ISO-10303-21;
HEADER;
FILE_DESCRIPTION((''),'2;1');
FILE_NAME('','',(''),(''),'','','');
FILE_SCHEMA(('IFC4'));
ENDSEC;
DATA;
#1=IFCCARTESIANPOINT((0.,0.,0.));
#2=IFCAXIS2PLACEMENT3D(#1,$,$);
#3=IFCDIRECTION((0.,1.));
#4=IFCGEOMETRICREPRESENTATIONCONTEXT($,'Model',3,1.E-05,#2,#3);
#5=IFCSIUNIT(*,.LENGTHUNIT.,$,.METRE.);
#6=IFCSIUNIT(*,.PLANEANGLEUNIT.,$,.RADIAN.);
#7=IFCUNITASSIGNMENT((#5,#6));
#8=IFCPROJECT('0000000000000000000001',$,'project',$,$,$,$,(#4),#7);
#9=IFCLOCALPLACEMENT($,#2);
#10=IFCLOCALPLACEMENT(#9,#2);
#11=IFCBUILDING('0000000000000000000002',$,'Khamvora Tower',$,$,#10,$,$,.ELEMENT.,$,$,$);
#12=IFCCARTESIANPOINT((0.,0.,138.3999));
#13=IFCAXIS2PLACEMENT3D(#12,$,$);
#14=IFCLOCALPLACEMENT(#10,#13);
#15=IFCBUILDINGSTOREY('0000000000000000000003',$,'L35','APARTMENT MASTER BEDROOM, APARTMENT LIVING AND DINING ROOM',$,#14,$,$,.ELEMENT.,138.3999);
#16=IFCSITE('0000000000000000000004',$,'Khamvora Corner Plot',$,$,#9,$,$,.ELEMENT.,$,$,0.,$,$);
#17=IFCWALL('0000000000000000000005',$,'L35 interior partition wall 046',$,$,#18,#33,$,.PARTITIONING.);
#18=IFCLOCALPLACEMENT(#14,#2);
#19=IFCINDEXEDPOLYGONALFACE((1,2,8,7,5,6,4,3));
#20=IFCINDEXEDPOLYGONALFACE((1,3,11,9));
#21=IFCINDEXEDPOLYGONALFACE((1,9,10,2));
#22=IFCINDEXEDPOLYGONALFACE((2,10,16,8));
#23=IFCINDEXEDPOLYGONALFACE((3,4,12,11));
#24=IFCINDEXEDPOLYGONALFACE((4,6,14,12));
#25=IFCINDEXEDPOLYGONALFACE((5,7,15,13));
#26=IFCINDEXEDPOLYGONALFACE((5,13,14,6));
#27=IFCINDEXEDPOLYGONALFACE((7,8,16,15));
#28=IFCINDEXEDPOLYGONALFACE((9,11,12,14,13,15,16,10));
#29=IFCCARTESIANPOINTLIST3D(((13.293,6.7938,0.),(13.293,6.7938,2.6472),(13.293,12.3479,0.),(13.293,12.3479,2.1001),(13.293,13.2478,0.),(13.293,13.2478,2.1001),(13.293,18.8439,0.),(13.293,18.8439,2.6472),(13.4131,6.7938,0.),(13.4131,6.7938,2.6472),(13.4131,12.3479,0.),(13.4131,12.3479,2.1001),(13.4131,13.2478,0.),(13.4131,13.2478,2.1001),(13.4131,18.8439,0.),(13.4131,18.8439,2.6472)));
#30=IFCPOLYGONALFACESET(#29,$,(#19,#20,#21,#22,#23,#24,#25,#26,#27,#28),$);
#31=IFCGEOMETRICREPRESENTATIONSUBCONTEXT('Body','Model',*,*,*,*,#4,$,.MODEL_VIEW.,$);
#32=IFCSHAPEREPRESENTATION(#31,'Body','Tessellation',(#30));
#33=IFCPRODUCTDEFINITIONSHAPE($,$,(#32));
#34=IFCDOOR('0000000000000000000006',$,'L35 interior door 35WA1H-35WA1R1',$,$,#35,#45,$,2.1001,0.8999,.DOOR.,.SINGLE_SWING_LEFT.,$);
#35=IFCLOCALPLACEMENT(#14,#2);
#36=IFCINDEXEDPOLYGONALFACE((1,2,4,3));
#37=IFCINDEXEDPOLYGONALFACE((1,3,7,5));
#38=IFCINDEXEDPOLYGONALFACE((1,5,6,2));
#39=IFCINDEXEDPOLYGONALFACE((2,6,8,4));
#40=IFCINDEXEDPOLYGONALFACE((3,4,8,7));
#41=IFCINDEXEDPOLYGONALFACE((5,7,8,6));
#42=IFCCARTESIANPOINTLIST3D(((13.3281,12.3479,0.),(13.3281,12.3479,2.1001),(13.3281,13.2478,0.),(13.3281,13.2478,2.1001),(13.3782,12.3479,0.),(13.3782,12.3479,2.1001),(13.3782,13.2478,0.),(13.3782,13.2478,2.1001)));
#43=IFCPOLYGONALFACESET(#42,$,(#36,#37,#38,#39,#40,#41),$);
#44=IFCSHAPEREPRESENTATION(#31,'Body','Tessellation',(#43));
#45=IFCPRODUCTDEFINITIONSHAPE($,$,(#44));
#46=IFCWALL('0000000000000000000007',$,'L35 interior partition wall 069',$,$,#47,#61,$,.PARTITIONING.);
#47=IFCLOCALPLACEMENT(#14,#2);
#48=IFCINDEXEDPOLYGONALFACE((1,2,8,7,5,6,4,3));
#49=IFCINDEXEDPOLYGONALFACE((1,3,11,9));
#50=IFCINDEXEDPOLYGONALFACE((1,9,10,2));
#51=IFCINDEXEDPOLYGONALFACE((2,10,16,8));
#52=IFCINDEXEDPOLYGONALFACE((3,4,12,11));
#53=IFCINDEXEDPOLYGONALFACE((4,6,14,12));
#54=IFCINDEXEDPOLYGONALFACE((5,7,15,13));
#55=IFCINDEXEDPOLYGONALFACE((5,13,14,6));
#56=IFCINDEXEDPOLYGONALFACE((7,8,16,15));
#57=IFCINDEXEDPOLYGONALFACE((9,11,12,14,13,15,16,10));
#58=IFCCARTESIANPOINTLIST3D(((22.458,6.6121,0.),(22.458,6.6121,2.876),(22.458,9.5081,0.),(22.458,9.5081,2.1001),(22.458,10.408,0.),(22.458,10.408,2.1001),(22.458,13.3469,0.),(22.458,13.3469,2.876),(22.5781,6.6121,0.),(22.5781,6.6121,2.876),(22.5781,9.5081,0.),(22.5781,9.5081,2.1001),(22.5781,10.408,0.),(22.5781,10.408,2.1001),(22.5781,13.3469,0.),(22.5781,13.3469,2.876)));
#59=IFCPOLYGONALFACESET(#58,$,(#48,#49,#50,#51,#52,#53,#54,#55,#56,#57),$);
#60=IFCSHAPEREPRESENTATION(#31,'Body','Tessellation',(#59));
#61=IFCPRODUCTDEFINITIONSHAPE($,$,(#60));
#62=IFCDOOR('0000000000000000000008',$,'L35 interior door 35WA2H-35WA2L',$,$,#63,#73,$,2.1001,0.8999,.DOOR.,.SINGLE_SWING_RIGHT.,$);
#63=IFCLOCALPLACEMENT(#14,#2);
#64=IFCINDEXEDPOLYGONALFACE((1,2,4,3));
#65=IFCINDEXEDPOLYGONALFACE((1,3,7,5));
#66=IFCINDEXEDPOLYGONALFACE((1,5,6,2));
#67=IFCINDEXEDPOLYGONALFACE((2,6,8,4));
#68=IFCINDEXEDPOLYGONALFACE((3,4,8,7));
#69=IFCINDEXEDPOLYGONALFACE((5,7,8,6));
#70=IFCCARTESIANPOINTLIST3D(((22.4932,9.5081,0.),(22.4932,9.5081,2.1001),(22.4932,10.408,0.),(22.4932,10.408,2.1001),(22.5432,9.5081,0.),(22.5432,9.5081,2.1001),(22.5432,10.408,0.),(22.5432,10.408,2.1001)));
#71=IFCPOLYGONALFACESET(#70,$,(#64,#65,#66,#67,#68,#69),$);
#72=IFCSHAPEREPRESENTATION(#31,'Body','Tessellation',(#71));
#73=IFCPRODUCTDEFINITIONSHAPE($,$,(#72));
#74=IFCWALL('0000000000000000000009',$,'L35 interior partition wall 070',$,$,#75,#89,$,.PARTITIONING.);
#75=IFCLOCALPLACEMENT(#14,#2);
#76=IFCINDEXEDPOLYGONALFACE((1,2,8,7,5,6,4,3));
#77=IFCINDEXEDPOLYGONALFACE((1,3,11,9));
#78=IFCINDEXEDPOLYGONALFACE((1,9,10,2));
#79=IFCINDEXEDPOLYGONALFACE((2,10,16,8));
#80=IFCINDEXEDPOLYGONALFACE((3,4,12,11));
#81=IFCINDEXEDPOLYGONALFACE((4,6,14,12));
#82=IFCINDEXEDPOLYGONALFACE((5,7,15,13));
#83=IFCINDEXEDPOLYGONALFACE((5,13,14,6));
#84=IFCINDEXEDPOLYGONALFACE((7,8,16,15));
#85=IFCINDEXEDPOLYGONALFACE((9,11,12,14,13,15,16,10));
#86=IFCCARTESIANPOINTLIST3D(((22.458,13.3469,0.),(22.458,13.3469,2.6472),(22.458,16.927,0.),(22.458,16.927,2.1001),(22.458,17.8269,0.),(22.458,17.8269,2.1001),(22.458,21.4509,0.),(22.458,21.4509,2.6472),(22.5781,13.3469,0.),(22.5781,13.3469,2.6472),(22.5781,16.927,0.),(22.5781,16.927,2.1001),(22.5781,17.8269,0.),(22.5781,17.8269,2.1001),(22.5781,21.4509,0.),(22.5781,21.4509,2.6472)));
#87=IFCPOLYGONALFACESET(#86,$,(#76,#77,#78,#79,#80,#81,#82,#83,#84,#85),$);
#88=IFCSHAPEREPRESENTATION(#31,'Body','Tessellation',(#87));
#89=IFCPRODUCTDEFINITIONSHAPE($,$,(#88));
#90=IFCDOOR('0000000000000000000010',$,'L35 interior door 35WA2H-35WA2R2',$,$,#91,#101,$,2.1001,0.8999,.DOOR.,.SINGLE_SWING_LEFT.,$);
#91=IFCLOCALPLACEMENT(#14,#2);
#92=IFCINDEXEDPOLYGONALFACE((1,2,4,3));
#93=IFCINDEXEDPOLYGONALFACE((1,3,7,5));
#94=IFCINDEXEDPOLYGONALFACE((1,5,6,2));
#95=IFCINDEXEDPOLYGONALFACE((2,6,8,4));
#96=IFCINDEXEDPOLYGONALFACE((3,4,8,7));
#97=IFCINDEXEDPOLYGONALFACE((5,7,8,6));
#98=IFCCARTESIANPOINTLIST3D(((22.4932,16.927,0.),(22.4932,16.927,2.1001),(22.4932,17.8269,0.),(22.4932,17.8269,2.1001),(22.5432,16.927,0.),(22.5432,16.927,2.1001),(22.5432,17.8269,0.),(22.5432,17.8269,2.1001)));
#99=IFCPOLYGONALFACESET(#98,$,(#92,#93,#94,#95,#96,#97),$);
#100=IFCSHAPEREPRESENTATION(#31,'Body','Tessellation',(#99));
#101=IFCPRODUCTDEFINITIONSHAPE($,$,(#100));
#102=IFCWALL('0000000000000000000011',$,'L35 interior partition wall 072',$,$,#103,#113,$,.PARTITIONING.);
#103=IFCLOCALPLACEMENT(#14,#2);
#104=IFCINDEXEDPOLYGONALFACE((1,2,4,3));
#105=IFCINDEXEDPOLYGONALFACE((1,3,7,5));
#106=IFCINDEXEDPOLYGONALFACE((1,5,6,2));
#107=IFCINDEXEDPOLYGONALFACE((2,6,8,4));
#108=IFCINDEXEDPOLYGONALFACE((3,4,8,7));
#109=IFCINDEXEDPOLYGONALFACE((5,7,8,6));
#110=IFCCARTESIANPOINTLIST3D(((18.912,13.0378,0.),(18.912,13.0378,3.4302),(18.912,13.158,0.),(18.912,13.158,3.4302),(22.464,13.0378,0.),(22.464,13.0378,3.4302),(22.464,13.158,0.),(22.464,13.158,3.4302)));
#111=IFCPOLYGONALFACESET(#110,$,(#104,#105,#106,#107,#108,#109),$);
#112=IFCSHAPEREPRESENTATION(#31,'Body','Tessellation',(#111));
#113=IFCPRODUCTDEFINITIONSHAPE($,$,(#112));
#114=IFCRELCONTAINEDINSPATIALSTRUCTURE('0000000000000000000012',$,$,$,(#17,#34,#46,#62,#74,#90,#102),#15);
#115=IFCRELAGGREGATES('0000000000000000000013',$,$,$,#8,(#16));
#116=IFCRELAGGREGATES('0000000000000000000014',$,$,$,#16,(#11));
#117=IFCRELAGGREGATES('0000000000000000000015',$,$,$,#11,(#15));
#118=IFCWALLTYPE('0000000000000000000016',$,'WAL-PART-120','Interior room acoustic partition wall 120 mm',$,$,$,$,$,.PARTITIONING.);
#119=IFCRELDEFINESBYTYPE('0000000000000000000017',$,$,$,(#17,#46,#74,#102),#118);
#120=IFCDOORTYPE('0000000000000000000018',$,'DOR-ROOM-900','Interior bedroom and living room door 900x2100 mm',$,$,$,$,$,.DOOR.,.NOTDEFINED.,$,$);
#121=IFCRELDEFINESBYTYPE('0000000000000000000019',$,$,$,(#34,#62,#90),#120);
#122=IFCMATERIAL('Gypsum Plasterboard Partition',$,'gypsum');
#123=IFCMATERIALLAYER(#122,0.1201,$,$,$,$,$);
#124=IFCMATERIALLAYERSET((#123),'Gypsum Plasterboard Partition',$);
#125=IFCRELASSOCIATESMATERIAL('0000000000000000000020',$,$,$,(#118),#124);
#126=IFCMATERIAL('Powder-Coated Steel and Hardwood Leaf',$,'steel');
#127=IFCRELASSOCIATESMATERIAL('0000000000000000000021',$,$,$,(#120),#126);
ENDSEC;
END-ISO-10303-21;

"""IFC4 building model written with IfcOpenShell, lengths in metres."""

from ifc_helpers import new_model, si_unit, direction, frame, frame_2d, origin, place, context, subcontext, project, spatial, rectangle, extrude, material, layer, layer_set, type_object, element, fill, save


model = new_model("IFC4")

# Units and contexts
model_context = context("Model", 3, precision=1e-05, world=origin(), true_north=direction((0.0, 1.0)))
body_context = subcontext(model_context, "Body", "Model", "MODEL_VIEW")
ifc_project = project(units=[si_unit("LENGTHUNIT", "METRE"), si_unit("PLANEANGLEUNIT", "RADIAN")], contexts=[model_context])

# Site, building, storey
site_placement = place(None, origin())
site = spatial("IfcSite", under=ifc_project, at=site_placement, Name="Khamvora Corner Plot", CompositionType="ELEMENT", RefElevation=0.0)
building_placement = place(site_placement, origin())
building = spatial("IfcBuilding", under=site, at=building_placement, Name="Khamvora Tower", CompositionType="ELEMENT")
storey_placement = place(building_placement, frame((0.0, 0.0, 138.3999)))
storey = spatial("IfcBuildingStorey", under=building, at=storey_placement, Name="L35", Description="APARTMENT MASTER BEDROOM, APARTMENT LIVING AND DINING ROOM", CompositionType="ELEMENT", Elevation=138.3999)

# Walls, openings, doors
ifc_material_1 = material(Name="Gypsum Plasterboard Partition", Category="gypsum")
ifc_layer_1 = layer(ifc_material_1, 0.1201)
ifc_layer_set_1 = layer_set([ifc_layer_1], Name="Gypsum Plasterboard Partition")
wall_type_1 = type_object("IfcWallType", Name="WAL-PART-120", Description="Interior room acoustic partition wall 120 mm", PredefinedType="PARTITIONING", material=ifc_layer_set_1)
wall_1_placement = place(storey_placement, frame((13.353, 6.7939, 0.0), z_axis=(0.0, 0.0, 1.0), x_axis=(0.0, 1.0, 0.0)))
wall_1 = element("IfcWall", 1, at=wall_1_placement, inside=storey, type_object=wall_type_1, Name="L35 interior partition wall 046", PredefinedType="PARTITIONING", context=body_context, shape_type="SweptSolid", body=[
    extrude(rectangle(XDim=12.05, YDim=0.1201, at=frame_2d((6.0249, 0.0))), origin(), (0.0, 0.0, 1.0), 2.6472),
])
opening_1_placement = place(wall_1_placement, frame((5.554, 0.0, 0.0)))
opening_1 = element("IfcOpeningElement", 2, at=opening_1_placement, cuts=wall_1, PredefinedType="OPENING", context=body_context, shape_type="SweptSolid", body=[
    extrude(rectangle(XDim=0.8999, YDim=2.1001, at=frame_2d((0.45, 1.05))), frame((0.0, 0.0701, 0.0), z_axis=(0.0, -1.0, 0.0), x_axis=(1.0, 0.0, 0.0)), (0.0, 0.0, 1.0), 0.1401),
])
ifc_material_2 = material(Name="Powder-Coated Steel and Hardwood Leaf", Category="steel")
door_type = type_object("IfcDoorType", Name="DOR-ROOM-900", Description="Interior bedroom and living room door 900x2100 mm", OperationType="NOTDEFINED", PredefinedType="DOOR", material=ifc_material_2)
door_1_placement = place(opening_1_placement, origin())
door_1 = element("IfcDoor", 3, at=door_1_placement, inside=storey, type_object=door_type, Name="L35 interior door 35WA1H-35WA1R1", OperationType="SINGLE_SWING_LEFT", OverallHeight=2.1001, OverallWidth=0.8999, PredefinedType="DOOR", context=body_context, shape_type="SweptSolid", body=[
    extrude(rectangle(XDim=0.8999, YDim=2.1001, at=frame_2d((0.45, 1.05))), frame((0.0, 0.0249, 0.0), z_axis=(0.0, -1.0, 0.0), x_axis=(1.0, 0.0, 0.0)), (0.0, 0.0, 1.0), 0.05),
])
fill(opening_1, door_1)
wall_2_placement = place(storey_placement, frame((22.5181, 6.6121, 0.0), z_axis=(0.0, 0.0, 1.0), x_axis=(0.0, 1.0, 0.0)))
wall_2 = element("IfcWall", 4, at=wall_2_placement, inside=storey, type_object=wall_type_1, Name="L35 interior partition wall 069", PredefinedType="PARTITIONING", context=body_context, shape_type="SweptSolid", body=[
    extrude(rectangle(XDim=6.7349, YDim=0.1201, at=frame_2d((3.3674, 0.0))), origin(), (0.0, 0.0, 1.0), 2.876),
])
opening_2_placement = place(wall_2_placement, frame((2.896, 0.0, 0.0)))
opening_2 = element("IfcOpeningElement", 5, at=opening_2_placement, cuts=wall_2, PredefinedType="OPENING", context=body_context, shape_type="SweptSolid", body=[
    extrude(rectangle(XDim=0.8999, YDim=2.1001, at=frame_2d((0.45, 1.05))), frame((0.0, 0.0701, 0.0), z_axis=(0.0, -1.0, 0.0), x_axis=(1.0, 0.0, 0.0)), (0.0, 0.0, 1.0), 0.1401),
])
door_2_placement = place(opening_2_placement, origin())
door_2 = element("IfcDoor", 6, at=door_2_placement, inside=storey, type_object=door_type, Name="L35 interior door 35WA2H-35WA2L", OperationType="SINGLE_SWING_RIGHT", OverallHeight=2.1001, OverallWidth=0.8999, PredefinedType="DOOR", context=body_context, shape_type="SweptSolid", body=[
    extrude(rectangle(XDim=0.8999, YDim=2.1001, at=frame_2d((0.45, 1.05))), frame((0.0, 0.0249, 0.0), z_axis=(0.0, -1.0, 0.0), x_axis=(1.0, 0.0, 0.0)), (0.0, 0.0, 1.0), 0.05),
])
fill(opening_2, door_2)
wall_3_placement = place(storey_placement, frame((22.5181, 13.3469, 0.0), z_axis=(0.0, 0.0, 1.0), x_axis=(0.0, 1.0, 0.0)))
wall_3 = element("IfcWall", 7, at=wall_3_placement, inside=storey, type_object=wall_type_1, Name="L35 interior partition wall 070", PredefinedType="PARTITIONING", context=body_context, shape_type="SweptSolid", body=[
    extrude(rectangle(XDim=8.104, YDim=0.1201, at=frame_2d((4.052, 0.0))), origin(), (0.0, 0.0, 1.0), 2.6472),
])
opening_3_placement = place(wall_3_placement, frame((3.5801, 0.0, 0.0)))
opening_3 = element("IfcOpeningElement", 8, at=opening_3_placement, cuts=wall_3, PredefinedType="OPENING", context=body_context, shape_type="SweptSolid", body=[
    extrude(rectangle(XDim=0.8999, YDim=2.1001, at=frame_2d((0.45, 1.05))), frame((0.0, 0.0701, 0.0), z_axis=(0.0, -1.0, 0.0), x_axis=(1.0, 0.0, 0.0)), (0.0, 0.0, 1.0), 0.1401),
])
door_3_placement = place(opening_3_placement, origin())
door_3 = element("IfcDoor", 9, at=door_3_placement, inside=storey, type_object=door_type, Name="L35 interior door 35WA2H-35WA2R2", OperationType="SINGLE_SWING_LEFT", OverallHeight=2.1001, OverallWidth=0.8999, PredefinedType="DOOR", context=body_context, shape_type="SweptSolid", body=[
    extrude(rectangle(XDim=0.8999, YDim=2.1001, at=frame_2d((0.45, 1.05))), frame((0.0, 0.0249, 0.0), z_axis=(0.0, -1.0, 0.0), x_axis=(1.0, 0.0, 0.0)), (0.0, 0.0, 1.0), 0.05),
])
fill(opening_3, door_3)

# Wall
wall_4_placement = place(storey_placement, frame((18.9121, 13.0979, 0.0), z_axis=(0.0, 0.0, 1.0), x_axis=(1.0, 0.0, 0.0)))
element("IfcWall", 10, at=wall_4_placement, inside=storey, type_object=wall_type_1, Name="L35 interior partition wall 072", PredefinedType="PARTITIONING", context=body_context, shape_type="SweptSolid", body=[
    extrude(rectangle(XDim=3.552, YDim=0.1201, at=frame_2d((1.7759, 0.0))), origin(), (0.0, 0.0, 1.0), 3.4302),
])

save(model, "model.ifc")
